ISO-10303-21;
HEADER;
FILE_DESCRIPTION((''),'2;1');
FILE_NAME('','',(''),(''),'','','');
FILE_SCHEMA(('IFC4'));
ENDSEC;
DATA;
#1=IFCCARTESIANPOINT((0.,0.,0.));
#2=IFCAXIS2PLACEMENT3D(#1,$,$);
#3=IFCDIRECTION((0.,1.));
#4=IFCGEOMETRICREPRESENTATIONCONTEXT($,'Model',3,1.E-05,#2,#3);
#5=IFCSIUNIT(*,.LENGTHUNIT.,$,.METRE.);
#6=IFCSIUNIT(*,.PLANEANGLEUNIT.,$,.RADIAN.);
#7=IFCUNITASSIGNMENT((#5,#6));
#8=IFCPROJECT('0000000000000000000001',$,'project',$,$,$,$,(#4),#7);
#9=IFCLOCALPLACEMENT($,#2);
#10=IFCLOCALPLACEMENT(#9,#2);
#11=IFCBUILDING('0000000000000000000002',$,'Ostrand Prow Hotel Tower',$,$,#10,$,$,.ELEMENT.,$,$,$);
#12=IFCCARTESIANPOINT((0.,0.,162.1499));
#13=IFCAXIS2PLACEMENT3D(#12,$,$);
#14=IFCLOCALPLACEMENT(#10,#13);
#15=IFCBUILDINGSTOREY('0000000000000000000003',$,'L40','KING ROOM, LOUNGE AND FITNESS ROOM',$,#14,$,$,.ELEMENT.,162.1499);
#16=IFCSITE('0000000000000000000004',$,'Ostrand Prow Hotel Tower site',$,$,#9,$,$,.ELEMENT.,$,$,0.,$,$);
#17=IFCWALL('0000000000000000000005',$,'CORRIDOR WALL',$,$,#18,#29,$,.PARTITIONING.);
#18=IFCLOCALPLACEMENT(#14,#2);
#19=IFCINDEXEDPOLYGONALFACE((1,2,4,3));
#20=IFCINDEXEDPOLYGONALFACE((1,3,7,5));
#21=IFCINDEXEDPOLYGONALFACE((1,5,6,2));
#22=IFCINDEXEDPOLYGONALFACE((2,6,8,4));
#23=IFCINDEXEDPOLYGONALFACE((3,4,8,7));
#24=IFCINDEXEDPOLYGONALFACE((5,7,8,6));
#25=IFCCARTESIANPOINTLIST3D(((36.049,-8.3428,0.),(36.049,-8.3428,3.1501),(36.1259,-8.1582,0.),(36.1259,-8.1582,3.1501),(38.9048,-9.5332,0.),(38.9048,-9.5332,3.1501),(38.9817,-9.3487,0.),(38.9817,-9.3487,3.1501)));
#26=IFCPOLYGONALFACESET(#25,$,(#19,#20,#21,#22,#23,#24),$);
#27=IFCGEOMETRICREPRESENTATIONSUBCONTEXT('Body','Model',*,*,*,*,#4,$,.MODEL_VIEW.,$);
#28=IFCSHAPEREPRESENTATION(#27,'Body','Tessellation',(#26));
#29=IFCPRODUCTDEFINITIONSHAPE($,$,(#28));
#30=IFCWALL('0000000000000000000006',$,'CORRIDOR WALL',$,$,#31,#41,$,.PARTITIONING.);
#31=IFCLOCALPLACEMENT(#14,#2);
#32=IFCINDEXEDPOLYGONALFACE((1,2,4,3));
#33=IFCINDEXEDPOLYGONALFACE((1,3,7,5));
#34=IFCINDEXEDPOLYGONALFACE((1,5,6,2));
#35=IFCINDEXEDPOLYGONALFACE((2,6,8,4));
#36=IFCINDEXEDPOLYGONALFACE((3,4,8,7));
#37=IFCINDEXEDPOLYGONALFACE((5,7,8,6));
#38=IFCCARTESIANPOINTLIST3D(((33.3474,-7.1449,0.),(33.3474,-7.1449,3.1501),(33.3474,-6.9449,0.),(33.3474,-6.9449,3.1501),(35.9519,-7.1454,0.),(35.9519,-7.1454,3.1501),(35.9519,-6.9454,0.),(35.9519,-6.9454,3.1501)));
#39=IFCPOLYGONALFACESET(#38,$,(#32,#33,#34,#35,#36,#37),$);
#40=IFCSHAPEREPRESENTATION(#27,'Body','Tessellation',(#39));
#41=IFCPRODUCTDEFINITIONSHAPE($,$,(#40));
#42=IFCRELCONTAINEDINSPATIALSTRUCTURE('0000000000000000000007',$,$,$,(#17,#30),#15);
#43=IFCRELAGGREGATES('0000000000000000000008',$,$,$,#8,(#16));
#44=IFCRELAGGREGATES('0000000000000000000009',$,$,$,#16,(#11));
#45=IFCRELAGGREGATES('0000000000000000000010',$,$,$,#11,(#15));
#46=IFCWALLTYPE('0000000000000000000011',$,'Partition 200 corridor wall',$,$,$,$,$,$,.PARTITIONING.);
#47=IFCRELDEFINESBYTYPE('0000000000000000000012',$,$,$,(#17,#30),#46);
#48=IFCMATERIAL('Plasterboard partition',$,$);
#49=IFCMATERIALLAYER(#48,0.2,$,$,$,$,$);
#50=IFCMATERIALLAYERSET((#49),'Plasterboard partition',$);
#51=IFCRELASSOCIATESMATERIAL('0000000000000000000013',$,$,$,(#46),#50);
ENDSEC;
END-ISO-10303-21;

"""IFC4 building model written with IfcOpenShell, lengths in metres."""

from ifc_helpers import new_model, si_unit, direction, frame, frame_2d, origin, place, context, subcontext, project, spatial, rectangle, extrude, material, layer, layer_set, type_object, element, save


model = new_model("IFC4")

# Units and contexts
model_context = context("Model", 3, precision=1e-05, world=origin(), true_north=direction((0.0, 1.0)))
body_context = subcontext(model_context, "Body", "Model", "MODEL_VIEW")
ifc_project = project(units=[si_unit("LENGTHUNIT", "METRE"), si_unit("PLANEANGLEUNIT", "RADIAN")], contexts=[model_context])

# Site, building, storey
site_placement = place(None, origin())
site = spatial("IfcSite", under=ifc_project, at=site_placement, Name="Ostrand Prow Hotel Tower site", CompositionType="ELEMENT", RefElevation=0.0)
building_placement = place(site_placement, origin())
building = spatial("IfcBuilding", under=site, at=building_placement, Name="Ostrand Prow Hotel Tower", CompositionType="ELEMENT")
storey_placement = place(building_placement, frame((0.0, 0.0, 162.1499)))
storey = spatial("IfcBuildingStorey", under=building, at=storey_placement, Name="L40", Description="KING ROOM, LOUNGE AND FITNESS ROOM", CompositionType="ELEMENT", Elevation=162.1499)

# Shared definitions
ifc_material_1 = material(Name="Plasterboard partition")
ifc_layer_1 = layer(ifc_material_1, 0.2)
ifc_layer_set_1 = layer_set([ifc_layer_1], Name="Plasterboard partition")
wall_type_1 = type_object("IfcWallType", Name="Partition 200 corridor wall", PredefinedType="PARTITIONING", material=ifc_layer_set_1)

# Walls
wall_1_placement = place(storey_placement, frame((38.9431, -9.4409, 0.0), z_axis=(0.0, 0.0, 1.0), x_axis=(-0.923014, 0.384767, 0.0)))
element("IfcWall", 1, at=wall_1_placement, inside=storey, type_object=wall_type_1, Name="CORRIDOR WALL", PredefinedType="PARTITIONING", context=body_context, shape_type="SweptSolid", body=[
    extrude(rectangle(XDim=3.094, YDim=0.2, at=frame_2d((1.5469, 0.0))), origin(), (0.0, 0.0, 1.0), 3.1501),
])
wall_2_placement = place(storey_placement, frame((35.9519, -7.0454, 0.0), z_axis=(0.0, 0.0, 1.0), x_axis=(-1.0, 0.000187, 0.0)))
element("IfcWall", 2, at=wall_2_placement, inside=storey, type_object=wall_type_1, Name="CORRIDOR WALL", PredefinedType="PARTITIONING", context=body_context, shape_type="SweptSolid", body=[
    extrude(rectangle(XDim=2.6045, YDim=0.2, at=frame_2d((1.3022, 0.0))), origin(), (0.0, 0.0, 1.0), 3.1501),
])

save(model, "model.ifc")
